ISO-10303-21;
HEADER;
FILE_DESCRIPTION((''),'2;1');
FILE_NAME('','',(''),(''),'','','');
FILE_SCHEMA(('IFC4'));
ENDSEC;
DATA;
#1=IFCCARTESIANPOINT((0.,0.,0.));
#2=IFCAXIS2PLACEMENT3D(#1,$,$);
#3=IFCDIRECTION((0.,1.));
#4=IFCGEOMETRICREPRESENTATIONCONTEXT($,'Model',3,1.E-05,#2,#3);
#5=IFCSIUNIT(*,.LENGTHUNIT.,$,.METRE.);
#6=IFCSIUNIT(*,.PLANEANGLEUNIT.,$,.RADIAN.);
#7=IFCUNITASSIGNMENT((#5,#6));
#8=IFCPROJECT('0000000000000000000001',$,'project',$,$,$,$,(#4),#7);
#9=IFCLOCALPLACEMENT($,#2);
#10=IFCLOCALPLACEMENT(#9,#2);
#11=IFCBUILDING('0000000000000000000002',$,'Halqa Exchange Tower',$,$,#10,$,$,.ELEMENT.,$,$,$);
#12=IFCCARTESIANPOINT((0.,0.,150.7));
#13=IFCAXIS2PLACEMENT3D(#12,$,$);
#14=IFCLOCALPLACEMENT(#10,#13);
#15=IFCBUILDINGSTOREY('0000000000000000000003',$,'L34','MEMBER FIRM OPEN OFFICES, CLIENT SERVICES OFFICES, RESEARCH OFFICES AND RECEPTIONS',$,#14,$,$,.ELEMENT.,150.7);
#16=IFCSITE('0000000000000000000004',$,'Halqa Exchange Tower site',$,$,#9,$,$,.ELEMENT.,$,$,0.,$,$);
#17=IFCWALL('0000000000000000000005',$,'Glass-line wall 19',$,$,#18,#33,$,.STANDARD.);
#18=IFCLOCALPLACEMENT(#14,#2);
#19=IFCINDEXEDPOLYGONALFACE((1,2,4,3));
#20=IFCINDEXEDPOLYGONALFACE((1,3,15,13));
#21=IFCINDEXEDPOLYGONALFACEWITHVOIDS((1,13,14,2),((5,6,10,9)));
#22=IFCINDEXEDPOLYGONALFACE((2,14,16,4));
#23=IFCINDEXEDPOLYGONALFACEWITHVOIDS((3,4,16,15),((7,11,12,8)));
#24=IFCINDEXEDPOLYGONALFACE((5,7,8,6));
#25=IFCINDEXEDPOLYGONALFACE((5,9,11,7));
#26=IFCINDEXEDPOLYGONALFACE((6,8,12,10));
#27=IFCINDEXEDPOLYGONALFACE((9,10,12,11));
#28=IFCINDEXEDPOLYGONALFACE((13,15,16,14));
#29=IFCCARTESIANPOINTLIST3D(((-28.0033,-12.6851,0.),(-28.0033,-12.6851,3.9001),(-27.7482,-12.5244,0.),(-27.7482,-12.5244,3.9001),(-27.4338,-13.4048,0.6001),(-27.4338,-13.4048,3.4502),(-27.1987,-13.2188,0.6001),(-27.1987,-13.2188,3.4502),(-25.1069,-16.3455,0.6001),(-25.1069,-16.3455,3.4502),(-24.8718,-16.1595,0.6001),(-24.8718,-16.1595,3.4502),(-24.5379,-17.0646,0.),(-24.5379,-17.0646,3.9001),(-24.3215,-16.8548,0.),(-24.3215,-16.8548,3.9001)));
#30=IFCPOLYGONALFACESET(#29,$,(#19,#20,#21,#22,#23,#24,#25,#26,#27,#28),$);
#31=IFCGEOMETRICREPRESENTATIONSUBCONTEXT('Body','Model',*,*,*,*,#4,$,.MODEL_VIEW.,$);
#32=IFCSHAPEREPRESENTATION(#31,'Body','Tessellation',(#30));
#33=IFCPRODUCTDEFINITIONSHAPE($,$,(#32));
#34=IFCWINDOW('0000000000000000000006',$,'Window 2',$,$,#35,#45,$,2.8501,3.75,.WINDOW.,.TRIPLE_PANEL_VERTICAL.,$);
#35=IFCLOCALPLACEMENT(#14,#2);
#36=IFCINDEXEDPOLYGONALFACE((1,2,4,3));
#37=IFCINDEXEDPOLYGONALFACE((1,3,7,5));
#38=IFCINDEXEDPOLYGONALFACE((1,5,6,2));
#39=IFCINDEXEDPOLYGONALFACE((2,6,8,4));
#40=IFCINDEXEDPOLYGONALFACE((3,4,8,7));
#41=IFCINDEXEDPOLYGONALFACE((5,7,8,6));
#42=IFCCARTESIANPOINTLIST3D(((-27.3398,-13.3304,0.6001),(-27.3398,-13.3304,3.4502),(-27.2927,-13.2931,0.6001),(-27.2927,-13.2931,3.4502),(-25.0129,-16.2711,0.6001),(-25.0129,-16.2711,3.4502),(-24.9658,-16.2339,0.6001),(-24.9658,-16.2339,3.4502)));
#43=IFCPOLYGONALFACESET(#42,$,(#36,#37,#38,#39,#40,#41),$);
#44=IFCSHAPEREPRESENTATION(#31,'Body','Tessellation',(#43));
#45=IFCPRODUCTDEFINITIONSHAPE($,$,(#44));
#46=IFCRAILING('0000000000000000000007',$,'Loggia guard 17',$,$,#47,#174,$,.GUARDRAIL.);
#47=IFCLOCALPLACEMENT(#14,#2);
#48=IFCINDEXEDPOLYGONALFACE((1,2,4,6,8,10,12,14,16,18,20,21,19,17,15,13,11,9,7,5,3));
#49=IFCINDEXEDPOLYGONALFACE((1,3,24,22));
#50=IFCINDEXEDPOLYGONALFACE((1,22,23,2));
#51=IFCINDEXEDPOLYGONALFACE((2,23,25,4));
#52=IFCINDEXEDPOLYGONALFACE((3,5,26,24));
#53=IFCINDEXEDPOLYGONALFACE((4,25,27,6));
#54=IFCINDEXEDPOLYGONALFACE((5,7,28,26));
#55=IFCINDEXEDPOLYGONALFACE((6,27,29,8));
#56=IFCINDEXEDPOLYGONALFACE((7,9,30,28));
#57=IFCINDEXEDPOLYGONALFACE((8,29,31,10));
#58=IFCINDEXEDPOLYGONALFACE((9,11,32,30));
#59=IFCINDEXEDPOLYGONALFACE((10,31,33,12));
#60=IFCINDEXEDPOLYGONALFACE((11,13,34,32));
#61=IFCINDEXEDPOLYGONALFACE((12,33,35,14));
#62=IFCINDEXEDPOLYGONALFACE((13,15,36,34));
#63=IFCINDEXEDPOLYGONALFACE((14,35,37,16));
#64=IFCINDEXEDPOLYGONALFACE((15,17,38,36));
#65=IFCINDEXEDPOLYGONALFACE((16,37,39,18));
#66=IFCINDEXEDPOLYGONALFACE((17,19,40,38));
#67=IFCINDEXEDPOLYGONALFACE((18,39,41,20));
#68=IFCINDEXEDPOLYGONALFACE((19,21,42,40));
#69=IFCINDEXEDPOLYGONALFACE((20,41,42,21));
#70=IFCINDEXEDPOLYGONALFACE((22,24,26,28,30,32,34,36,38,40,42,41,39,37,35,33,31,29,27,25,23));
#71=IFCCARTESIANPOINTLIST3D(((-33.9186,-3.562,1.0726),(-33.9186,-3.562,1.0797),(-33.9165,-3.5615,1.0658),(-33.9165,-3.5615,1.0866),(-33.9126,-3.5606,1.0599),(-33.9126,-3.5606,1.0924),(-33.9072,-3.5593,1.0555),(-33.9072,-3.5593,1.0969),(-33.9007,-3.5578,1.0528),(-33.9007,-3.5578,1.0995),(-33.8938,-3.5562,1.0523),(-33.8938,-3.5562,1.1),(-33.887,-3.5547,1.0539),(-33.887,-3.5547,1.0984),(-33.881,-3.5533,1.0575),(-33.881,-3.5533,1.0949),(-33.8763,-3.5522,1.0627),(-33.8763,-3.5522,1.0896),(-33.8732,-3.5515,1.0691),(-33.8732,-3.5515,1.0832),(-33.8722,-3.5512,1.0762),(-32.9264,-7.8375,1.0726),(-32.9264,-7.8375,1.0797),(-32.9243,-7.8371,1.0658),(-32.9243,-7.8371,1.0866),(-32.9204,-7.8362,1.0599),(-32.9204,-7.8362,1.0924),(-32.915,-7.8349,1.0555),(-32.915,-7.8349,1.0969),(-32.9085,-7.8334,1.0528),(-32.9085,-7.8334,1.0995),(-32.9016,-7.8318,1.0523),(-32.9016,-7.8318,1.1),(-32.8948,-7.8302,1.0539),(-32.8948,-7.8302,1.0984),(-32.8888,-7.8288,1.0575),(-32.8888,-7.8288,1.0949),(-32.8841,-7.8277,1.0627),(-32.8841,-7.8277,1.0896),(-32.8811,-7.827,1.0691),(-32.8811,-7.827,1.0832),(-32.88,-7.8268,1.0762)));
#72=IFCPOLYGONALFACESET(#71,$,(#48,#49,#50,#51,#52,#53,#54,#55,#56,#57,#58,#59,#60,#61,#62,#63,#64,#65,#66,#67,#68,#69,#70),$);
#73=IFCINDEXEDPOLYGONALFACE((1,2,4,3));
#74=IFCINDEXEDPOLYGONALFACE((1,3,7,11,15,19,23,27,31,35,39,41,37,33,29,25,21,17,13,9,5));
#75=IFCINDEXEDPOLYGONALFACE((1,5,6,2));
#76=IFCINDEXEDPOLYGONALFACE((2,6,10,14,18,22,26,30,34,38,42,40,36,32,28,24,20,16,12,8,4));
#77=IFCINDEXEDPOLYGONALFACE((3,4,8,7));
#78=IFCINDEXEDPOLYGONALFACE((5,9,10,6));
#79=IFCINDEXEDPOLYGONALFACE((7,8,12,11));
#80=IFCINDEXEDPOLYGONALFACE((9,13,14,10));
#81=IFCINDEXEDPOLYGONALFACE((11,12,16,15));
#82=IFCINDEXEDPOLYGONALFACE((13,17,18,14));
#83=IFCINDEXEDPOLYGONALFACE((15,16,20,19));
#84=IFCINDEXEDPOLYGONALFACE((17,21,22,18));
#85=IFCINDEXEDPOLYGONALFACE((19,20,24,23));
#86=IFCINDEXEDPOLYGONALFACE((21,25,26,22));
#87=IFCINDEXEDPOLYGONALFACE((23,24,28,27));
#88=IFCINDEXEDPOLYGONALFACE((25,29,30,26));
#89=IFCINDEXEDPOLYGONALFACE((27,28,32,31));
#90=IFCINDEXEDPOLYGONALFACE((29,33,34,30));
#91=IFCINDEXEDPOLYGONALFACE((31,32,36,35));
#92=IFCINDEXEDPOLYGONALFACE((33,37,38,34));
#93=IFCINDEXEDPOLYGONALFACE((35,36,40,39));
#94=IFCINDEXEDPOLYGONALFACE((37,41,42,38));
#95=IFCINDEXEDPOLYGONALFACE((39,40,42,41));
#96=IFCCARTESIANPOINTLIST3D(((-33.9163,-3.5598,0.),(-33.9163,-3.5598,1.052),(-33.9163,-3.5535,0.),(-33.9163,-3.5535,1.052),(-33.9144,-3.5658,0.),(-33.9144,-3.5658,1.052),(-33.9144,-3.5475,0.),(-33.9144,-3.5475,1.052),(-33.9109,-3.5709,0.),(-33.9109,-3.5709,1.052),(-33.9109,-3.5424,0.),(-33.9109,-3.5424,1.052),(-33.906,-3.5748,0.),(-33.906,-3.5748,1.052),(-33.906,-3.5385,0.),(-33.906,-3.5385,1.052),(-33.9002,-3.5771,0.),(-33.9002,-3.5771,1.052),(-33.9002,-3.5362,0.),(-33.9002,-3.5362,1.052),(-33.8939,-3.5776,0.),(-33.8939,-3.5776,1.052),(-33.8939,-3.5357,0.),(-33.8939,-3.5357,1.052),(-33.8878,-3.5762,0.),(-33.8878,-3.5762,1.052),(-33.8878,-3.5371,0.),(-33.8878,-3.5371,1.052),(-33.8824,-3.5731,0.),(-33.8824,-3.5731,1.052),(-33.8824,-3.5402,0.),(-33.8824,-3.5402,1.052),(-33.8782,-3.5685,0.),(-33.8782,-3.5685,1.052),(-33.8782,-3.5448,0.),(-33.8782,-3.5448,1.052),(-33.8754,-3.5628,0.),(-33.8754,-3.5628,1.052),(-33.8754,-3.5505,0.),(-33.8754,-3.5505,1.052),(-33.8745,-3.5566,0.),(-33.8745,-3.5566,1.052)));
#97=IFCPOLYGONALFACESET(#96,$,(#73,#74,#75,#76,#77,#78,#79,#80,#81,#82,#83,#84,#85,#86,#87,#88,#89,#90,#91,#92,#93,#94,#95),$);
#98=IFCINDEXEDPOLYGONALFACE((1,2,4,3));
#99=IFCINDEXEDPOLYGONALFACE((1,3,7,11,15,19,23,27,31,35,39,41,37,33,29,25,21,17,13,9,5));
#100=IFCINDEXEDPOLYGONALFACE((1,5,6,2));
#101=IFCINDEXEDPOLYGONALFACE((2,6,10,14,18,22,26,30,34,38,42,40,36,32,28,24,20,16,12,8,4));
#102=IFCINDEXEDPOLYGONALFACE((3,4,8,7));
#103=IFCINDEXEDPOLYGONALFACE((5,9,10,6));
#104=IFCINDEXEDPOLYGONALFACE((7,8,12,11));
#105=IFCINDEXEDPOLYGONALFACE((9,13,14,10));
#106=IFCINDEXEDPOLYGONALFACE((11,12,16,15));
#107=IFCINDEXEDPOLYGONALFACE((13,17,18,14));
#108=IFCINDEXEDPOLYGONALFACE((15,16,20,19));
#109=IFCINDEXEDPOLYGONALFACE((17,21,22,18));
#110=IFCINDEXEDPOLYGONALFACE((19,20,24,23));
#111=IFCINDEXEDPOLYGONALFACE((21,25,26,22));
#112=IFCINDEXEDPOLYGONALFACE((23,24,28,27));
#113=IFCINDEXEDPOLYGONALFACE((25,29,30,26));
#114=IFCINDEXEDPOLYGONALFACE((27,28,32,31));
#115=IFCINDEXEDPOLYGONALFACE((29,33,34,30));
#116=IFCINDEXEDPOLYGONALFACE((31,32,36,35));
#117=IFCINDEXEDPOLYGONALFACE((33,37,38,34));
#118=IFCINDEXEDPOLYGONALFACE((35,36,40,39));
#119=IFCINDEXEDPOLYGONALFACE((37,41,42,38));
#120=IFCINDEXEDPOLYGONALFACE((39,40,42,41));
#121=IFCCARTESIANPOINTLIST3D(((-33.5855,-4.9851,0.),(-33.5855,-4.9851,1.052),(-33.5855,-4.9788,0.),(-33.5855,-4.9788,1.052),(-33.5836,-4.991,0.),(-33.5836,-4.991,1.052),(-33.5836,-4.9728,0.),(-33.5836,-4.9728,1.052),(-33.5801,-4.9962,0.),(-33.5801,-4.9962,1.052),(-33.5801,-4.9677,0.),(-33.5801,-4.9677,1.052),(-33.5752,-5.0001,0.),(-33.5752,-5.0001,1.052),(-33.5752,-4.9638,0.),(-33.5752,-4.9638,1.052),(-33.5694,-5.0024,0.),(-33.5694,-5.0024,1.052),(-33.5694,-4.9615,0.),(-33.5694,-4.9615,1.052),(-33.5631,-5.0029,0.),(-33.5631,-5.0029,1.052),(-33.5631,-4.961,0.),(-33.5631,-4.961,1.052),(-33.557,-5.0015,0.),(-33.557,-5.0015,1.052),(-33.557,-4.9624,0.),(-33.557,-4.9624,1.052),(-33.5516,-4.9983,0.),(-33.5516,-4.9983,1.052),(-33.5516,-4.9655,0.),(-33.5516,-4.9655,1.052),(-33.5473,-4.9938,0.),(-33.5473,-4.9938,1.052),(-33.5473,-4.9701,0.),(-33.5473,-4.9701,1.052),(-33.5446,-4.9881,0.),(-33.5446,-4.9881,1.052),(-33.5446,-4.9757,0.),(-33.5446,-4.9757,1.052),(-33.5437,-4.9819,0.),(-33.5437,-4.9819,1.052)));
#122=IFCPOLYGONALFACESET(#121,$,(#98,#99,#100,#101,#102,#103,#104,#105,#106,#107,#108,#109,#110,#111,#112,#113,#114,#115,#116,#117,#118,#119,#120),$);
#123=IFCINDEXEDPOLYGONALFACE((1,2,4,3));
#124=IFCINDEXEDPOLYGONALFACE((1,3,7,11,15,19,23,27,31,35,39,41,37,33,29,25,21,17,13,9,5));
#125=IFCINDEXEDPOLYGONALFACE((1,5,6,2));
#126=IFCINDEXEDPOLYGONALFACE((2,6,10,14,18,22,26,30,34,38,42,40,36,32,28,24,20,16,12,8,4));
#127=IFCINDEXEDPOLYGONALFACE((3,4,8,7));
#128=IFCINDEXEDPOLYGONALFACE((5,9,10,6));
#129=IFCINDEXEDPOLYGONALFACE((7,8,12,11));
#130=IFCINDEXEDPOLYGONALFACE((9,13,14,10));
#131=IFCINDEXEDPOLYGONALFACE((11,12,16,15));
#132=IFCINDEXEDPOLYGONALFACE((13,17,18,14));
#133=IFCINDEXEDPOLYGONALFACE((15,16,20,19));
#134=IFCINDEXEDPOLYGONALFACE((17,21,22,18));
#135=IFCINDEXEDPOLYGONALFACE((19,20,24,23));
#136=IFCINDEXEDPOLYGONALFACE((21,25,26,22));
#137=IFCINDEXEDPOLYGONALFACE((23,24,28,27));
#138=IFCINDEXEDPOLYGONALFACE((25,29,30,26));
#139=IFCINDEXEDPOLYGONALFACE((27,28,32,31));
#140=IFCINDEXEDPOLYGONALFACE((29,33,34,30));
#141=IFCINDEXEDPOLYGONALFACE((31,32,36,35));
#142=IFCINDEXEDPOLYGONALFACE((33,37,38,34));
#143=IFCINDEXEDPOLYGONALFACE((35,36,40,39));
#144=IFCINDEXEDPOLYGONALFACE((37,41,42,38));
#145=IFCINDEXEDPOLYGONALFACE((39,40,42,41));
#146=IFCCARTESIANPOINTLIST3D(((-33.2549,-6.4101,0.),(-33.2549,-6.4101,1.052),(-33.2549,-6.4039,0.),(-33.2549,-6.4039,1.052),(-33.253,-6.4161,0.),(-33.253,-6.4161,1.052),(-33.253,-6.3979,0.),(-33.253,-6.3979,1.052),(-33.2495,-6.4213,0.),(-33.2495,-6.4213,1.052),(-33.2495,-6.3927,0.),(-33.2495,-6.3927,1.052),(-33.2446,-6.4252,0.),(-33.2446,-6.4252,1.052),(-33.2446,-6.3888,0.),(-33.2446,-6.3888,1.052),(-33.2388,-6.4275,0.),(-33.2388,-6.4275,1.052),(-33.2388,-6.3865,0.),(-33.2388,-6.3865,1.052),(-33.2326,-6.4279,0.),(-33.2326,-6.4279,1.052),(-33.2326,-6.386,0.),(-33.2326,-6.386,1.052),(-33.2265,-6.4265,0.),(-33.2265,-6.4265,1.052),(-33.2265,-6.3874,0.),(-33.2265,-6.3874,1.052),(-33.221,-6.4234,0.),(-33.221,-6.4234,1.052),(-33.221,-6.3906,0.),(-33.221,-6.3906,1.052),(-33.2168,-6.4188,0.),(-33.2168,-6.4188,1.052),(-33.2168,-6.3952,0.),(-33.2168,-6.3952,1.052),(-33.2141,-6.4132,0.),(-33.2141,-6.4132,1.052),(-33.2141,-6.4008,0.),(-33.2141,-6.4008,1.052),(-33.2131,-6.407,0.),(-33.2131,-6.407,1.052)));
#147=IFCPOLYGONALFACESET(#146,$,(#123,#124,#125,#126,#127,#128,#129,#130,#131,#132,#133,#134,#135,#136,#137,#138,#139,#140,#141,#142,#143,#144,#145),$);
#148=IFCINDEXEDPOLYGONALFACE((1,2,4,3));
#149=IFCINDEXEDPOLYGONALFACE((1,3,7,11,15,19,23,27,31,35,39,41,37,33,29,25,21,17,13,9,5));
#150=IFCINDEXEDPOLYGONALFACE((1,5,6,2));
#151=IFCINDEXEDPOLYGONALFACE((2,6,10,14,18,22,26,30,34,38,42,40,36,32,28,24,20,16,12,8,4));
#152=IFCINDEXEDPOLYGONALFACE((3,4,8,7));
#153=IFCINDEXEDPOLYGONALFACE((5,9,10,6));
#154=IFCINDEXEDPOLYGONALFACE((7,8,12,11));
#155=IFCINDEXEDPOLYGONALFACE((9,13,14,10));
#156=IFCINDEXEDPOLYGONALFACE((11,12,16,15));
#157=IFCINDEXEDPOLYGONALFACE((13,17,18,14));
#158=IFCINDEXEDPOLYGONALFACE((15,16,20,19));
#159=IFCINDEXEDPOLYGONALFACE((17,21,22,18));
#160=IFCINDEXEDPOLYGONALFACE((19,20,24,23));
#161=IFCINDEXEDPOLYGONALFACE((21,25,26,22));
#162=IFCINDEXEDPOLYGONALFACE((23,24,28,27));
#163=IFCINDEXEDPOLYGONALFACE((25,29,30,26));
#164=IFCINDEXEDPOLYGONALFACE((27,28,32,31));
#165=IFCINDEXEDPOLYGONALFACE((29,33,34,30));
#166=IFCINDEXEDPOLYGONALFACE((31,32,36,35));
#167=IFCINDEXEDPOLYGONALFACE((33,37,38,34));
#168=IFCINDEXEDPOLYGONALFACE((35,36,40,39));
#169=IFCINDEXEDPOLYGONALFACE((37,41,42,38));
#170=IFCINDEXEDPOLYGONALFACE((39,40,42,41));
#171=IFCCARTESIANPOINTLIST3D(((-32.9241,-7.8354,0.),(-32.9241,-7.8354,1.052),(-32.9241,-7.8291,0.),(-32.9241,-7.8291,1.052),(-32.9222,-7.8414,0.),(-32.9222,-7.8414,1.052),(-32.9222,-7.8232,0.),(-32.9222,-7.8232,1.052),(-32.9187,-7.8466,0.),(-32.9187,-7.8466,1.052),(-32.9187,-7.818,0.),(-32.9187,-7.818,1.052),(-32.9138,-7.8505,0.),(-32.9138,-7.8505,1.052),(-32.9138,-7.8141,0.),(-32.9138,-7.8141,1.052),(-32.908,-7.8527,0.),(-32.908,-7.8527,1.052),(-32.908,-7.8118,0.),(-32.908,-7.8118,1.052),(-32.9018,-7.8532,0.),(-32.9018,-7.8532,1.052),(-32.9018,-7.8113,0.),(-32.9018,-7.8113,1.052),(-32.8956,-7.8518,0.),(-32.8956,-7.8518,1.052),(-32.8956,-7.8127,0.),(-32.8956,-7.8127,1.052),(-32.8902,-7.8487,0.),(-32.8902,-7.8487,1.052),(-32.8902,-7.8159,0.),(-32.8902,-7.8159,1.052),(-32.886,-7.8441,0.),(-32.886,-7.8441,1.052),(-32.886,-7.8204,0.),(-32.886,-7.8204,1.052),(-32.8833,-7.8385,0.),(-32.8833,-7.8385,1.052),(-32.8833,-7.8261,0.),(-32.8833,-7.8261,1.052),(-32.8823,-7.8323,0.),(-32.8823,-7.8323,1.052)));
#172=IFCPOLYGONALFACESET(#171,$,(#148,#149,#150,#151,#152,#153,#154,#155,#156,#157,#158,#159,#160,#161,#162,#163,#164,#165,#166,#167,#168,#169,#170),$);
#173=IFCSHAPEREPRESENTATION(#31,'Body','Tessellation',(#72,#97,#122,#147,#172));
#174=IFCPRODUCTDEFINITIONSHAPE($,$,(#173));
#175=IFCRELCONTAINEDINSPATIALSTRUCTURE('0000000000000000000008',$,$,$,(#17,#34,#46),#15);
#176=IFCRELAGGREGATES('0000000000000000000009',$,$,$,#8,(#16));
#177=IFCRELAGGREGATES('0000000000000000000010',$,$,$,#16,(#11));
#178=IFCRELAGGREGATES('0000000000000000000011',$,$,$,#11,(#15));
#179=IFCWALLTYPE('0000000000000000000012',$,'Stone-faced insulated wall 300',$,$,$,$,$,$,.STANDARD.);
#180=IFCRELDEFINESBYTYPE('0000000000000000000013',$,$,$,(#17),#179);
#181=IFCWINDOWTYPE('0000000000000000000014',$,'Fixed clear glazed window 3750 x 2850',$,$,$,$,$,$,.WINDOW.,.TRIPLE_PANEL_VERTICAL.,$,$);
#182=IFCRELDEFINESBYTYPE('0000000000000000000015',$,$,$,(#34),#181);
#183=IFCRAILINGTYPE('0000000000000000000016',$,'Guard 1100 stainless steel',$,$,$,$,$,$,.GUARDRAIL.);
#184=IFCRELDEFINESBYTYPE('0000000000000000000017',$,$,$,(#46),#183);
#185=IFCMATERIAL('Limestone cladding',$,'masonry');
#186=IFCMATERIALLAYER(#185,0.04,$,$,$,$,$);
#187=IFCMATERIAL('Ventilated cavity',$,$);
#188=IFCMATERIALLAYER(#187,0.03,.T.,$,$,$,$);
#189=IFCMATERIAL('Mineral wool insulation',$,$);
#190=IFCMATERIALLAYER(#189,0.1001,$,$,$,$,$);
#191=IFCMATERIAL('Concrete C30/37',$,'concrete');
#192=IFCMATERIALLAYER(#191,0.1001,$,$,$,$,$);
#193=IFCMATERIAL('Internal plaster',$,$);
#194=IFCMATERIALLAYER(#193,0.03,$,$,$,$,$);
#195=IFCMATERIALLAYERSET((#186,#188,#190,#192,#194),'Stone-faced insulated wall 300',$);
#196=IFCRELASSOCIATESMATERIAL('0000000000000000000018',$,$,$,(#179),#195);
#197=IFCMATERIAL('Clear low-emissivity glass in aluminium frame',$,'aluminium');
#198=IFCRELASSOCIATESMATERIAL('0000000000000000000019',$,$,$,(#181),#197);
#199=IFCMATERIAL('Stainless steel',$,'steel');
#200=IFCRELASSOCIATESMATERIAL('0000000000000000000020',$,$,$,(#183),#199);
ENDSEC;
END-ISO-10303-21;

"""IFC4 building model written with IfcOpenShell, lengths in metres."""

from ifc_helpers import new_model, si_unit, direction, frame, frame_2d, origin, origin_2d, place, context, subcontext, project, spatial, polyline, rectangle, circle, outline, extrude, material, layer, layer_set, type_object, element, fill, save


model = new_model("IFC4")

# Units and contexts
model_context = context("Model", 3, precision=1e-05, world=origin(), true_north=direction((0.0, 1.0)))
body_context = subcontext(model_context, "Body", "Model", "MODEL_VIEW")
ifc_project = project(units=[si_unit("LENGTHUNIT", "METRE"), si_unit("PLANEANGLEUNIT", "RADIAN")], contexts=[model_context])

# Site, building, storey
site_placement = place(None, origin())
site = spatial("IfcSite", under=ifc_project, at=site_placement, Name="Halqa Exchange Tower site", CompositionType="ELEMENT", RefElevation=0.0)
building_placement = place(site_placement, origin())
building = spatial("IfcBuilding", under=site, at=building_placement, Name="Halqa Exchange Tower", CompositionType="ELEMENT")
storey_placement = place(building_placement, frame((0.0, 0.0, 150.7)))
storey = spatial("IfcBuildingStorey", under=building, at=storey_placement, Name="L34", Description="MEMBER FIRM OPEN OFFICES, CLIENT SERVICES OFFICES, RESEARCH OFFICES AND RECEPTIONS", CompositionType="ELEMENT", Elevation=150.7)

# Wall, opening, window
ifc_material_1 = material(Name="Limestone cladding", Category="masonry")
ifc_layer_1 = layer(ifc_material_1, 0.04)
ifc_material_2 = material(Name="Ventilated cavity")
ifc_layer_2 = layer(ifc_material_2, 0.03, ventilated=True)
ifc_material_3 = material(Name="Mineral wool insulation")
ifc_layer_3 = layer(ifc_material_3, 0.1001)
ifc_material_4 = material(Name="Concrete C30/37", Category="concrete")
ifc_layer_4 = layer(ifc_material_4, 0.1001)
ifc_material_5 = material(Name="Internal plaster")
ifc_layer_5 = layer(ifc_material_5, 0.03)
ifc_layer_set_1 = layer_set([ifc_layer_1, ifc_layer_2, ifc_layer_3, ifc_layer_4, ifc_layer_5], Name="Stone-faced insulated wall 300")
wall_type_1 = type_object("IfcWallType", Name="Stone-faced insulated wall 300", PredefinedType="STANDARD", material=ifc_layer_set_1)
ifc_material_6 = material(Name="Clear low-emissivity glass in aluminium frame", Category="aluminium")
window_type = type_object("IfcWindowType", Name="Fixed clear glazed window 3750 x 2850", PartitioningType="TRIPLE_PANEL_VERTICAL", PredefinedType="WINDOW", material=ifc_material_6)
wall_1_placement = place(storey_placement, frame((-27.8757, -12.6047, 0.0), z_axis=(0.0, 0.0, 1.0), x_axis=(0.620521, -0.78419, 0.0)))
wall_1 = element("IfcWall", 1, at=wall_1_placement, inside=storey, type_object=wall_type_1, Name="Glass-line wall 19", PredefinedType="STANDARD", context=body_context, shape_type="SweptSolid", body=[
    extrude(outline(polyline([(-0.0161, -0.1499), (5.5686, -0.1499), (5.5383, 0.1499), (0.0161, 0.1499), (-0.0161, -0.1499)])), origin(), (0.0, 0.0, 1.0), 3.9001),
])
opening_1_placement = place(wall_1_placement, frame((0.9016, 0.0, 0.6001)))
opening_1 = element("IfcOpeningElement", 2, at=opening_1_placement, cuts=wall_1, PredefinedType="OPENING", context=body_context, shape_type="SweptSolid", body=[
    extrude(rectangle(XDim=3.75, YDim=2.8501, at=frame_2d((1.875, 1.425))), frame((0.0, 0.1621, 0.0), z_axis=(0.0, -1.0, 0.0), x_axis=(1.0, 0.0, 0.0)), (0.0, 0.0, 1.0), 0.324),
])
window_1_placement = place(opening_1_placement, origin())
window_1 = element("IfcWindow", 3, at=window_1_placement, inside=storey, type_object=window_type, Name="Window 2", OverallHeight=2.8501, OverallWidth=3.75, PartitioningType="TRIPLE_PANEL_VERTICAL", PredefinedType="WINDOW", context=body_context, shape_type="SweptSolid", body=[
    extrude(rectangle(XDim=3.75, YDim=2.8501, at=frame_2d((1.875, 1.425))), frame((0.0, 0.03, 0.0), z_axis=(0.0, -1.0, 0.0), x_axis=(1.0, 0.0, 0.0)), (0.0, 0.0, 1.0), 0.0601),
])
fill(opening_1, window_1)

# Railing
ifc_material_7 = material(Name="Stainless steel", Category="steel")
railing_type = type_object("IfcRailingType", Name="Guard 1100 stainless steel", PredefinedType="GUARDRAIL", material=ifc_material_7)
railing_1_placement = place(storey_placement, frame((-33.8955, -3.5566, 0.0)))
element("IfcRailing", 4, at=railing_1_placement, inside=storey, type_object=railing_type, Name="Loggia guard 17", PredefinedType="GUARDRAIL", context=body_context, shape_type="SweptSolid", body=[
    extrude(circle(Radius=0.0239, at=origin_2d()), frame((0.0, 0.0, 1.0762), z_axis=(0.22605, -0.974116, 0.0), x_axis=(0.974116, 0.22605, 0.0)), (0.0, 0.0, 1.0), 4.3892),
    extrude(circle(Radius=0.021, at=origin_2d()), origin(), (0.0, 0.0, 1.0), 1.052),
    extrude(circle(Radius=0.021, at=origin_2d()), frame((0.3308, -1.4253, 0.0)), (0.0, 0.0, 1.0), 1.052),
    extrude(circle(Radius=0.021, at=origin_2d()), frame((0.6614, -2.8503, 0.0)), (0.0, 0.0, 1.0), 1.052),
    extrude(circle(Radius=0.021, at=origin_2d()), frame((0.9922, -4.2756, 0.0)), (0.0, 0.0, 1.0), 1.052),
])

save(model, "model.ifc")
